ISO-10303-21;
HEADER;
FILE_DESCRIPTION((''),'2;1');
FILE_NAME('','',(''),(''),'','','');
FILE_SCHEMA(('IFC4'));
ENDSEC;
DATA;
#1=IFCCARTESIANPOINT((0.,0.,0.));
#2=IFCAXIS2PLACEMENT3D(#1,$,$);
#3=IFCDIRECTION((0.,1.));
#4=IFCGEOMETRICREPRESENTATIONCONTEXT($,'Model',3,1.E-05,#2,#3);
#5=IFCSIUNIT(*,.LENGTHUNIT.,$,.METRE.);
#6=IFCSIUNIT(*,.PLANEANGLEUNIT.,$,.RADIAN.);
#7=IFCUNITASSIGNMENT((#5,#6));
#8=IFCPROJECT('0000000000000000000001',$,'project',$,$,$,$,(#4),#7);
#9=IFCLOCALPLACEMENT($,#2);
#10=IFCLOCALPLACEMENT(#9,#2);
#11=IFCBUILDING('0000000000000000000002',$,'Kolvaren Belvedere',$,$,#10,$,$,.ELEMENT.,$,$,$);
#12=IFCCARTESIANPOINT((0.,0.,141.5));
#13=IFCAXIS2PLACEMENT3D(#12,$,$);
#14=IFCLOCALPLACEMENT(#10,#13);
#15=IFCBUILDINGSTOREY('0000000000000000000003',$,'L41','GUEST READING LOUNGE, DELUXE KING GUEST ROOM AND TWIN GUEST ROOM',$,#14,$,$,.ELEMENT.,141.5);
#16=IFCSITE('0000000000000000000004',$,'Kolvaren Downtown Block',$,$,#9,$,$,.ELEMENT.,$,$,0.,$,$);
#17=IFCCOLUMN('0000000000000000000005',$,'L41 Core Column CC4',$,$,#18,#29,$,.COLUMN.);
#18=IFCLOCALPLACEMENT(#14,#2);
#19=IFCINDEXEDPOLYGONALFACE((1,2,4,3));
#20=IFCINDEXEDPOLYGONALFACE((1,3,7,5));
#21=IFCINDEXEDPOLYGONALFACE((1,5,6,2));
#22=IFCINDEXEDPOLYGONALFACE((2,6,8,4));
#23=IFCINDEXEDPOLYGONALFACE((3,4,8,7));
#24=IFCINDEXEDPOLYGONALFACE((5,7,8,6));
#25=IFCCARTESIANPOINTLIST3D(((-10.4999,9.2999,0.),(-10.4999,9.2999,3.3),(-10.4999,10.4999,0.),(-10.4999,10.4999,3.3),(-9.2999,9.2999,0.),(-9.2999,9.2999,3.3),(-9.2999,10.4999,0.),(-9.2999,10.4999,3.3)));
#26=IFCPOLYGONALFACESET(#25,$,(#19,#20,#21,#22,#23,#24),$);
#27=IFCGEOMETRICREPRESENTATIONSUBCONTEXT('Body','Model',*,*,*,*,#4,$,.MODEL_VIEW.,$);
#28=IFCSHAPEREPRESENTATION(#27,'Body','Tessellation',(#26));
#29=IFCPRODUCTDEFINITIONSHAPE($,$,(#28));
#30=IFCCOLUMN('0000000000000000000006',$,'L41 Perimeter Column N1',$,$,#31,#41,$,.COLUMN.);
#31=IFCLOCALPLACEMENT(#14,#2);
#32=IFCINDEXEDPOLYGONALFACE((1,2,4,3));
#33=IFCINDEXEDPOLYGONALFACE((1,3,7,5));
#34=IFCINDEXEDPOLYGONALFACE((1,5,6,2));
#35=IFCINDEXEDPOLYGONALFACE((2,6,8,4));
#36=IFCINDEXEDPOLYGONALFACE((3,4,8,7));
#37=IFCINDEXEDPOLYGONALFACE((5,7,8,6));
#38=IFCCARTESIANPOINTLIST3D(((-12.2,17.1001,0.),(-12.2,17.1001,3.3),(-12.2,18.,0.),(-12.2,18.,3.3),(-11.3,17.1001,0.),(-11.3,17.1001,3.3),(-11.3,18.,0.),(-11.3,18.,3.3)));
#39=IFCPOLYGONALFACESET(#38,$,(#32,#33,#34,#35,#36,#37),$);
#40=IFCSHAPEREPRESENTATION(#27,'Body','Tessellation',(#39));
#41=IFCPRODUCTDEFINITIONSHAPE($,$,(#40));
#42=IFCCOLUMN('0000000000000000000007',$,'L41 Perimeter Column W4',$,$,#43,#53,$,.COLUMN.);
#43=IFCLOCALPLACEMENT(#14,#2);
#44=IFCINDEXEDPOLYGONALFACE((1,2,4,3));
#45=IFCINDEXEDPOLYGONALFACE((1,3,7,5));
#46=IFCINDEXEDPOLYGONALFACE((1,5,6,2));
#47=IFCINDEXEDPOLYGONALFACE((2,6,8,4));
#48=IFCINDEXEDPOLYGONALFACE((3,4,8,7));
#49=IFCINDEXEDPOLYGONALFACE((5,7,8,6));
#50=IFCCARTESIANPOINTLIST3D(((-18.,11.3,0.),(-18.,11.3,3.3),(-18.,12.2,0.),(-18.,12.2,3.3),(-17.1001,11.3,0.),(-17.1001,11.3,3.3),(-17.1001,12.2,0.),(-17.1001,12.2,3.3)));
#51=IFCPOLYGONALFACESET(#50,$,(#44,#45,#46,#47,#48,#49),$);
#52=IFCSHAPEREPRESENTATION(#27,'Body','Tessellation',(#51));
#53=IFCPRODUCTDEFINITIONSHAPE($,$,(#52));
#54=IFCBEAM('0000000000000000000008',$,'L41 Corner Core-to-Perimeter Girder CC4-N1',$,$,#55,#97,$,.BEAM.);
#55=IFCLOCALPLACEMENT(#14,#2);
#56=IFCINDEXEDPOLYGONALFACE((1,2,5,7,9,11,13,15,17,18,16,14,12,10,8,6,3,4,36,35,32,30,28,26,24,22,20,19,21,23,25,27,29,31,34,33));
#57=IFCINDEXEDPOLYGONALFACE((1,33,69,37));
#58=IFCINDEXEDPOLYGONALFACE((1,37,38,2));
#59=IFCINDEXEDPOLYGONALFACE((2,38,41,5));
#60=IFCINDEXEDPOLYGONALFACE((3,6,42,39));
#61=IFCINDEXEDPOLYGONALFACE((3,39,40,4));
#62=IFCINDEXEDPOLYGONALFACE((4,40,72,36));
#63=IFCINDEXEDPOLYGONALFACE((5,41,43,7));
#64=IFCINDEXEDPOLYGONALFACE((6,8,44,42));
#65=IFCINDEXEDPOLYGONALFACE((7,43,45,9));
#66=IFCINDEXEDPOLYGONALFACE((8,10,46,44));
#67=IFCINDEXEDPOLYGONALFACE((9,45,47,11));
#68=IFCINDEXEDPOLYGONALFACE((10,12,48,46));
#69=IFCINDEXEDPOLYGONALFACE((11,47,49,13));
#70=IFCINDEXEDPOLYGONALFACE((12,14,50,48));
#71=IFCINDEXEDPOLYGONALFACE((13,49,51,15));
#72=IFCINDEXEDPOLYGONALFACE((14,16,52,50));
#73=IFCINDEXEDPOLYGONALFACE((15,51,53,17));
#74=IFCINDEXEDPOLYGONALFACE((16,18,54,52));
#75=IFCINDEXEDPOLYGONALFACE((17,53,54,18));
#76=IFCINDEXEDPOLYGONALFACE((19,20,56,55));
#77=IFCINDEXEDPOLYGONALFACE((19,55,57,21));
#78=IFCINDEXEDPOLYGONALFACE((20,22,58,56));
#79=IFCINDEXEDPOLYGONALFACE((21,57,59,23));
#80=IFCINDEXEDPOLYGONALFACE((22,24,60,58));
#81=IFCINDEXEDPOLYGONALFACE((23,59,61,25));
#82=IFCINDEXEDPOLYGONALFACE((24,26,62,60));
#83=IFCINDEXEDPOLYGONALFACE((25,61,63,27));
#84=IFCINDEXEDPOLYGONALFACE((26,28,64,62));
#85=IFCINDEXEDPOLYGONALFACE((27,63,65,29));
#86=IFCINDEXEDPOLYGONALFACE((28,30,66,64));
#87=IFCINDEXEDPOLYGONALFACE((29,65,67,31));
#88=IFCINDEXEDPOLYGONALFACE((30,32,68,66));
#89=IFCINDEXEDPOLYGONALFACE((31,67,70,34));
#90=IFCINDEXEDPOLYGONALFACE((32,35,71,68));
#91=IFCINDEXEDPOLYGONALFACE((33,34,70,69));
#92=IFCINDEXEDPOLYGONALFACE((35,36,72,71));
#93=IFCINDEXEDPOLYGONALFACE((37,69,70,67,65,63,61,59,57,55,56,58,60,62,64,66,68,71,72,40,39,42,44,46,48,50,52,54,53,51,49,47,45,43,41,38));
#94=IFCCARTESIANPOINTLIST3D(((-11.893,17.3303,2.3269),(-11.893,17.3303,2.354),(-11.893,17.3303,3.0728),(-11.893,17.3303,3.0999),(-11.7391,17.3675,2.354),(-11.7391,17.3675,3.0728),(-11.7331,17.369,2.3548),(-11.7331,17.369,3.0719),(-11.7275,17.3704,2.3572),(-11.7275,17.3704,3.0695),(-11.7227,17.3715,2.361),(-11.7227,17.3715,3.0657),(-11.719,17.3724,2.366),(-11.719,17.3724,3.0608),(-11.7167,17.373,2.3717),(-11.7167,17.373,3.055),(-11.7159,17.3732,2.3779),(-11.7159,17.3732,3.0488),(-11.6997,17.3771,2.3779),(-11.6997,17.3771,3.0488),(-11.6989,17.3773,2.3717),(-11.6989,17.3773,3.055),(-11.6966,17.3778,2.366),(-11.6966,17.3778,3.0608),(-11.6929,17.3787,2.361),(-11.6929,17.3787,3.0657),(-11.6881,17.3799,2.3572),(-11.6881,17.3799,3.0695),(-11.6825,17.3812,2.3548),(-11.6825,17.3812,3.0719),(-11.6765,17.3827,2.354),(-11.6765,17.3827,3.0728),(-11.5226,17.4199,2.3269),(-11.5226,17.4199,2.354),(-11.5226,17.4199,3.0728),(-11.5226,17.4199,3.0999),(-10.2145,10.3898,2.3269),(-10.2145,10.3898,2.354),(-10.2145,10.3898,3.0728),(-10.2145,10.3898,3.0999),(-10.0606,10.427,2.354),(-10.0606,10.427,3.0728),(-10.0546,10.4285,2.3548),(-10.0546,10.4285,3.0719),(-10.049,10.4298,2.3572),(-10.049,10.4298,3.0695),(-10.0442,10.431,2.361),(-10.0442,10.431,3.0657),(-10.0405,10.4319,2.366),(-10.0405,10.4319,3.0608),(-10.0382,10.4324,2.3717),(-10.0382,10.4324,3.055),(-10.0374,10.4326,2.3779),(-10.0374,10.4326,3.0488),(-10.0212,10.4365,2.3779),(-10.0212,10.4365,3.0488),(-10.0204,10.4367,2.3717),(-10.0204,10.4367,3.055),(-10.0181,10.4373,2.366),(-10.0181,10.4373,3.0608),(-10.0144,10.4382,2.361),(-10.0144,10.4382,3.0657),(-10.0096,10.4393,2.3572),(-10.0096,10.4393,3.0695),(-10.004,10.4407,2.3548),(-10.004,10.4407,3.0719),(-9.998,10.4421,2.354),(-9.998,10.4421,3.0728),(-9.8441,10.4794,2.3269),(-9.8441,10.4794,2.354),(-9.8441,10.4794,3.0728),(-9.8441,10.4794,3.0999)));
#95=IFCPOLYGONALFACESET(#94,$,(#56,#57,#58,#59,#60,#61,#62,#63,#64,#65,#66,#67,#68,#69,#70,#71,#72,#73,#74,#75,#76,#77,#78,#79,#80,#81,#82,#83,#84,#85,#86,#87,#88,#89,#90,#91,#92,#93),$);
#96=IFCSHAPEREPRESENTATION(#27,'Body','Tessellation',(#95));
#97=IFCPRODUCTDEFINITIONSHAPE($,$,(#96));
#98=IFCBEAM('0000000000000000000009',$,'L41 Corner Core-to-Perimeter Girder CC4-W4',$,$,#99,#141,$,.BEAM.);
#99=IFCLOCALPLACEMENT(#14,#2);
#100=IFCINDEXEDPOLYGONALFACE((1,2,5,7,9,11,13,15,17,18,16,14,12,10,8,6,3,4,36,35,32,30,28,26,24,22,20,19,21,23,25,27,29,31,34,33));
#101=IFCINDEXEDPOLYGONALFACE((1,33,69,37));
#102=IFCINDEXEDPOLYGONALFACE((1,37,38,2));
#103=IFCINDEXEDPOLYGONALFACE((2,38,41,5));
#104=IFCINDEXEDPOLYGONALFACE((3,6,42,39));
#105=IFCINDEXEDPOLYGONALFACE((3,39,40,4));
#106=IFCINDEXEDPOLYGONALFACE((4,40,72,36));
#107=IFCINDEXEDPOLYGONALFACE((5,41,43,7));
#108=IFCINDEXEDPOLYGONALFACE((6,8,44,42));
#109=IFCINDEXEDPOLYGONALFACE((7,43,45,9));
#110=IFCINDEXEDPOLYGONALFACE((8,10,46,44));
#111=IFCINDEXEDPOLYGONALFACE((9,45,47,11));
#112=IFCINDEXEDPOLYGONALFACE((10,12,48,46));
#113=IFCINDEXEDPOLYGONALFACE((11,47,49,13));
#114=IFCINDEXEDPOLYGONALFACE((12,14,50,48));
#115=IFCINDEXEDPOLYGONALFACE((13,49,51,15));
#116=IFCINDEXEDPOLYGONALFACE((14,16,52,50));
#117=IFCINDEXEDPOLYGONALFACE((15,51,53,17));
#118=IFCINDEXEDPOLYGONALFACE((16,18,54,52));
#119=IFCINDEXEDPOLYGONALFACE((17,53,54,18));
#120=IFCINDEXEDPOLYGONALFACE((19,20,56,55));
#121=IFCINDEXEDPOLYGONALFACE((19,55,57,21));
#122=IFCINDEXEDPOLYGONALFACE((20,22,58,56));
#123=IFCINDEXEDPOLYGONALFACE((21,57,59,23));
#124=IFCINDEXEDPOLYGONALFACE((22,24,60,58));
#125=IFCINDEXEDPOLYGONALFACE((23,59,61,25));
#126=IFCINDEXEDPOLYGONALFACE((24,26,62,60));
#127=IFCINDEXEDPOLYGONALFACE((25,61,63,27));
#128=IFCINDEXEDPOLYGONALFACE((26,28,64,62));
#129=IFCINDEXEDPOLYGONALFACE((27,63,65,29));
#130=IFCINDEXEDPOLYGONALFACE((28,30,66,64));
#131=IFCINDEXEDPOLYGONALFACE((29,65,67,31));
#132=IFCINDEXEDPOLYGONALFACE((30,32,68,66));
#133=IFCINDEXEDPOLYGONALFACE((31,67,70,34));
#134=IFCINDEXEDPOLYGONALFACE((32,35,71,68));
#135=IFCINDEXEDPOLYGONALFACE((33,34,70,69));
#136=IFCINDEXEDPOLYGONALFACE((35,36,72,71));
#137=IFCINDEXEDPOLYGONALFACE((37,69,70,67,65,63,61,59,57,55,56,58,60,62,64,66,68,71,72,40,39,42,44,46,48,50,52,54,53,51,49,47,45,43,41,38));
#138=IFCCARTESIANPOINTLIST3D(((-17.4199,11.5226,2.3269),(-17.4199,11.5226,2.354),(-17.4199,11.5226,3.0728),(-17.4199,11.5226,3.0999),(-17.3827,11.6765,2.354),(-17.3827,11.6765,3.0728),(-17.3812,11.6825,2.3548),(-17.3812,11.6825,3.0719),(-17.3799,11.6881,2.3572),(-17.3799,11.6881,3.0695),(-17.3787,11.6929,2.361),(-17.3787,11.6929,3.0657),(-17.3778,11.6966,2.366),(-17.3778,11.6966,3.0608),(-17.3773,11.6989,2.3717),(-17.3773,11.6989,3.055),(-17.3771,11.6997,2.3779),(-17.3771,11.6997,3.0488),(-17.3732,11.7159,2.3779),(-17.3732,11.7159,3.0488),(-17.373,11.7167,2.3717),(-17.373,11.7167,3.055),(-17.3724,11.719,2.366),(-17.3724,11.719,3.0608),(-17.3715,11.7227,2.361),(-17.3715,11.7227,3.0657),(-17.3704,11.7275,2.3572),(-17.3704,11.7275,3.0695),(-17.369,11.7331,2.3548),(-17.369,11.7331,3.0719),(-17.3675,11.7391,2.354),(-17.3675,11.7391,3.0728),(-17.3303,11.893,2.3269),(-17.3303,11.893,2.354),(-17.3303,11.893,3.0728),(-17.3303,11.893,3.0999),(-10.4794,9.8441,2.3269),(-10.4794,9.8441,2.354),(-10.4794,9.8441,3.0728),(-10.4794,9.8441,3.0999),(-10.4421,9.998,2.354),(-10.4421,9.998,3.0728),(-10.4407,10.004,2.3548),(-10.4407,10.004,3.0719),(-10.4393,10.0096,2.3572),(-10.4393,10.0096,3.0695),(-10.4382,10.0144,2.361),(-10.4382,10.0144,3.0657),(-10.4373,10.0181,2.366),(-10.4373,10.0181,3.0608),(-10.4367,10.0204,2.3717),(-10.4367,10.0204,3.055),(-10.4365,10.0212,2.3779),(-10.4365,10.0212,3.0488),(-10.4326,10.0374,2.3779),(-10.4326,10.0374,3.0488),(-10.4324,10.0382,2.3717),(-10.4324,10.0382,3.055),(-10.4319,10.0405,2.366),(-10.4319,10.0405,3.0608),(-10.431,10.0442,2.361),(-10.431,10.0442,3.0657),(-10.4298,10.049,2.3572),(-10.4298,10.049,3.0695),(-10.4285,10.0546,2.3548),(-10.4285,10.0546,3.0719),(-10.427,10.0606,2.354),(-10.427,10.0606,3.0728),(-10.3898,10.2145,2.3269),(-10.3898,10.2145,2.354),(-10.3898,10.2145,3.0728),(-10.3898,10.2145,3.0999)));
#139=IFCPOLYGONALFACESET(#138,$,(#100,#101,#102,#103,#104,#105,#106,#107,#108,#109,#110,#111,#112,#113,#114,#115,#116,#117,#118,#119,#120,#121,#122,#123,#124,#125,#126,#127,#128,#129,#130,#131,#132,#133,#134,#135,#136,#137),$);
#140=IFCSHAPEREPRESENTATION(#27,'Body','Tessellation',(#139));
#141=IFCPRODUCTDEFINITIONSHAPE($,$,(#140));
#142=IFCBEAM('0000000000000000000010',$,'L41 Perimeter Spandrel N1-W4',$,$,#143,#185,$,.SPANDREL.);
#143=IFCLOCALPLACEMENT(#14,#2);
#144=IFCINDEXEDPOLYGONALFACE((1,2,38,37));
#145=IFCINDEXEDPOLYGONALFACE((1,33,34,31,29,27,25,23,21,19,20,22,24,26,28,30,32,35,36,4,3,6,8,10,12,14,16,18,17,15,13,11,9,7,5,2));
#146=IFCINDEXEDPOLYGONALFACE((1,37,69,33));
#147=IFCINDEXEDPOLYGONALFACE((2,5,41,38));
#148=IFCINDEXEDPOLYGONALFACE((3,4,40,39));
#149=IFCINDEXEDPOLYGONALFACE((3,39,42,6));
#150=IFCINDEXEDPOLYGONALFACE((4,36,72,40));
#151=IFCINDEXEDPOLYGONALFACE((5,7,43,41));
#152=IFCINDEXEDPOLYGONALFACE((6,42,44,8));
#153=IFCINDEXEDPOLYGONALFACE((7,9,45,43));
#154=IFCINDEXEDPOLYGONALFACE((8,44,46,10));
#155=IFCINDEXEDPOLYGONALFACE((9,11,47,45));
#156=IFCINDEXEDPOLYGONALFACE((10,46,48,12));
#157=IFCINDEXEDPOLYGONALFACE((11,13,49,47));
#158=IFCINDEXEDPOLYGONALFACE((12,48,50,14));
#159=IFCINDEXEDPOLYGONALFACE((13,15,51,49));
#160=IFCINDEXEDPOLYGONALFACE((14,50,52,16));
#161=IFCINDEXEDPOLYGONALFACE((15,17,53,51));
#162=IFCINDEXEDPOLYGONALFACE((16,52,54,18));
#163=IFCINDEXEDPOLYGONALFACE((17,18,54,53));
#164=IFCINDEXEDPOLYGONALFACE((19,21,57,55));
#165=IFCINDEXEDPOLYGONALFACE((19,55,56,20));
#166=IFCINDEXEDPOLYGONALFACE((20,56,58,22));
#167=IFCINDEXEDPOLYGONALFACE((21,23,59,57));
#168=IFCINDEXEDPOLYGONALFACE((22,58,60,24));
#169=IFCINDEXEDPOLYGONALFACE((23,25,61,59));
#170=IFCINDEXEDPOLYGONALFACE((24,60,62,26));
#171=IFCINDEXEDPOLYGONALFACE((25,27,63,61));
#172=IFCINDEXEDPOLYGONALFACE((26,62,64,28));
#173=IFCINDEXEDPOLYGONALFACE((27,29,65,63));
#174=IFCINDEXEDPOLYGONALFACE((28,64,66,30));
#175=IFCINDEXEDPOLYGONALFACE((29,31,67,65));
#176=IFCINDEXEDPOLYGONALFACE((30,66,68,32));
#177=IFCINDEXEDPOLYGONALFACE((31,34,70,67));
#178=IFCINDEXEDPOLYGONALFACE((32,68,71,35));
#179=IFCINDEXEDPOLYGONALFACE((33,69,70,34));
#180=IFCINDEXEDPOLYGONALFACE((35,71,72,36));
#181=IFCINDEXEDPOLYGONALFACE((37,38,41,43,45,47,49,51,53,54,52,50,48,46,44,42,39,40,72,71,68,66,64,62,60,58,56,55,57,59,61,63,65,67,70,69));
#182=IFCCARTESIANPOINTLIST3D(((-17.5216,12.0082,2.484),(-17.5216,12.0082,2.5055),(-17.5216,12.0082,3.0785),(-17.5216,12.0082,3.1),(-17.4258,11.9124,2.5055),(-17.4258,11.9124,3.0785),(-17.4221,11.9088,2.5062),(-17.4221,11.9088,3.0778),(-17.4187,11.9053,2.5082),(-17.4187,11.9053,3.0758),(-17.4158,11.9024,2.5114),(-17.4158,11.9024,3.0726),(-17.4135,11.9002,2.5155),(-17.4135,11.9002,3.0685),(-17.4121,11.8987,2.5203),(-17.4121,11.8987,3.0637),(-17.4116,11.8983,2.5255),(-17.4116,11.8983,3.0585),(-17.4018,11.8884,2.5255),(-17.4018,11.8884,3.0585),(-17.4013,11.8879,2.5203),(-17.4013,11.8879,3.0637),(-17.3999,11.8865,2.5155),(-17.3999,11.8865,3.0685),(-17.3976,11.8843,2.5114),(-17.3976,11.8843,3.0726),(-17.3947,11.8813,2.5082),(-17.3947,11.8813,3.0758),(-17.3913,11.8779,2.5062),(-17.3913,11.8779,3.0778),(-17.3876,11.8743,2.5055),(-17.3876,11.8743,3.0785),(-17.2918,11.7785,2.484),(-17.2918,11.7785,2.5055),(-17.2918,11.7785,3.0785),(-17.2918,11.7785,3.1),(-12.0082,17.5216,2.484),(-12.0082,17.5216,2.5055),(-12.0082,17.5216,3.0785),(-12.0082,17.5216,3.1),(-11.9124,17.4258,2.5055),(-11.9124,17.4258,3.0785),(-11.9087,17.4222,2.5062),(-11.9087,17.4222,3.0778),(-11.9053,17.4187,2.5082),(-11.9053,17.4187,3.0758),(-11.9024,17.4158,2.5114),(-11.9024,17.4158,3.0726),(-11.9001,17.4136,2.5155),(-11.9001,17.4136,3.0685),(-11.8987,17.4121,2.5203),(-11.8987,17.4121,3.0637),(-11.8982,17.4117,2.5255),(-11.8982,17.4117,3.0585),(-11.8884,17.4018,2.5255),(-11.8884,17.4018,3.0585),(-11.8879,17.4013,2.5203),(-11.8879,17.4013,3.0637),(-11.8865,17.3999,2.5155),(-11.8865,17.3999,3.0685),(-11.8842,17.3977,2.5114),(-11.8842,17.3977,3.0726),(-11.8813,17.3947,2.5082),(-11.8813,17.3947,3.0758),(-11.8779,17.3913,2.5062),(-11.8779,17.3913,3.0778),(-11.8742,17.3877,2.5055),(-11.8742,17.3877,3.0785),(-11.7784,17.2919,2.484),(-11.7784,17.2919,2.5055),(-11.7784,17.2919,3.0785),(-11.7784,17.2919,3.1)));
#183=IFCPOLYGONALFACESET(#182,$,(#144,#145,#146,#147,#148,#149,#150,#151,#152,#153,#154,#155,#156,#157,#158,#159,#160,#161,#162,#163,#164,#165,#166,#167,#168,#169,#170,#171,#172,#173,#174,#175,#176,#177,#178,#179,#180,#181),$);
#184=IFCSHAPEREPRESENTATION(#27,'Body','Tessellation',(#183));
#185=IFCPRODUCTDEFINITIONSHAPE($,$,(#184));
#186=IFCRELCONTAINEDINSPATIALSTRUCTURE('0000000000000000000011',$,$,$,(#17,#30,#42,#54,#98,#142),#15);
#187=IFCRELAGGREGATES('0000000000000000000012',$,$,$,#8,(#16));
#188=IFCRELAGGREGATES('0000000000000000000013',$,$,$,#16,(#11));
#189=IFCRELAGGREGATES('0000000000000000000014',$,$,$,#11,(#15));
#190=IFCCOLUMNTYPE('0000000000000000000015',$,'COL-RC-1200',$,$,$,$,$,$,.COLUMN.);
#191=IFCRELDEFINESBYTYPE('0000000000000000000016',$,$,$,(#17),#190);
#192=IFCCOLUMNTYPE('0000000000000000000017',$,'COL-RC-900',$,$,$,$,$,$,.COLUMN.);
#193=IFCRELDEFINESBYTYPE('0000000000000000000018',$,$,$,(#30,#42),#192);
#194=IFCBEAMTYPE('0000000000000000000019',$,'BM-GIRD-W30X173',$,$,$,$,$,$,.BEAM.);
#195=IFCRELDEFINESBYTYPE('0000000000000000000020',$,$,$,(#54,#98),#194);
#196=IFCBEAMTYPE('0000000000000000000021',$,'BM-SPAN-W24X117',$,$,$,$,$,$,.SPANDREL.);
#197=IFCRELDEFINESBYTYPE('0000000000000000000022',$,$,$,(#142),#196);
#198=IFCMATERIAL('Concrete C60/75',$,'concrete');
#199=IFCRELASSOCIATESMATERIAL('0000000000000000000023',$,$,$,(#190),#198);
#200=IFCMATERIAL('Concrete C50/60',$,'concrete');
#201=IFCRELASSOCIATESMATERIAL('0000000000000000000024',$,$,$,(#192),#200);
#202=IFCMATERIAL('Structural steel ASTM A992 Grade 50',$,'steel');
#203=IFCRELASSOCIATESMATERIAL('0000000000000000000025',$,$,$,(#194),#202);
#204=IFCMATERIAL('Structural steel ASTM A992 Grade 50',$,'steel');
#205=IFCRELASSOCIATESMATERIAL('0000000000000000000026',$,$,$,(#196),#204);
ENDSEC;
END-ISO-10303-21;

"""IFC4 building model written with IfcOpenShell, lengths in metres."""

from ifc_helpers import new_model, si_unit, direction, frame, origin, origin_2d, place, context, subcontext, project, spatial, rectangle, i_section, extrude, material, material_profile, profile_set, type_object, element, save


model = new_model("IFC4")

# Units and contexts
model_context = context("Model", 3, precision=1e-05, world=origin(), true_north=direction((0.0, 1.0)))
body_context = subcontext(model_context, "Body", "Model", "MODEL_VIEW")
ifc_project = project(units=[si_unit("LENGTHUNIT", "METRE"), si_unit("PLANEANGLEUNIT", "RADIAN")], contexts=[model_context])

# Site, building, storey
site_placement = place(None, origin())
site = spatial("IfcSite", under=ifc_project, at=site_placement, Name="Kolvaren Downtown Block", CompositionType="ELEMENT", RefElevation=0.0)
building_placement = place(site_placement, origin())
building = spatial("IfcBuilding", under=site, at=building_placement, Name="Kolvaren Belvedere", CompositionType="ELEMENT")
storey_placement = place(building_placement, frame((0.0, 0.0, 141.5)))
storey = spatial("IfcBuildingStorey", under=building, at=storey_placement, Name="L41", Description="GUEST READING LOUNGE, DELUXE KING GUEST ROOM AND TWIN GUEST ROOM", CompositionType="ELEMENT", Elevation=141.5)

# Columns
ifc_material_1 = material(Name="Concrete C60/75", Category="concrete")
ifc_material_profile_1 = material_profile(ifc_material_1, rectangle(XDim=1.2, YDim=1.2, at=origin_2d()), Name="RC 1200X1200")
ifc_profile_set_1 = profile_set([ifc_material_profile_1], Name="Concrete C60/75")
column_type_1 = type_object("IfcColumnType", Name="COL-RC-1200", PredefinedType="COLUMN", material=ifc_profile_set_1)
column_placement = place(storey_placement, frame((-9.8999, 9.8999, 0.0), z_axis=(0.0, 0.0, 1.0), x_axis=(1.0, 0.0, 0.0)))
element("IfcColumn", 1, at=column_placement, inside=storey, type_object=column_type_1, Name="L41 Core Column CC4", PredefinedType="COLUMN", context=body_context, shape_type="SweptSolid", body=[
    extrude(rectangle(XDim=1.2, YDim=1.2, at=origin_2d()), origin(), (0.0, 0.0, 1.0), 3.3),
])
ifc_material_2 = material(Name="Concrete C50/60", Category="concrete")
ifc_material_profile_2 = material_profile(ifc_material_2, rectangle(XDim=0.8999, YDim=0.8999, at=origin_2d()), Name="RC 900X900")
ifc_profile_set_2 = profile_set([ifc_material_profile_2], Name="Concrete C50/60")
column_type_2 = type_object("IfcColumnType", Name="COL-RC-900", PredefinedType="COLUMN", material=ifc_profile_set_2)
for number, where, z_axis, x_axis, name in (
    (2, (-11.75, 17.55, 0.0), (0.0, 0.0, 1.0), (1.0, 0.0, 0.0), "L41 Perimeter Column N1"),
    (3, (-17.55, 11.75, 0.0), (0.0, 0.0, 1.0), (1.0, 0.0, 0.0), "L41 Perimeter Column W4"),
):
    element("IfcColumn", number, at=place(storey_placement, frame(where, z_axis=z_axis, x_axis=x_axis)), inside=storey, type_object=column_type_2, Name=name, PredefinedType="COLUMN", context=body_context, shape_type="SweptSolid", body=[
        extrude(rectangle(XDim=0.8999, YDim=0.8999, at=origin_2d()), origin(), (0.0, 0.0, 1.0), 3.3),
    ])

# Beams
ifc_material_3 = material(Name="Structural steel ASTM A992 Grade 50", Category="steel")
ifc_material_profile_3 = material_profile(ifc_material_3, i_section(OverallWidth=0.3811, OverallDepth=0.7729, WebThickness=0.0166, FlangeThickness=0.0271, FilletRadius=0.0239, at=origin_2d()), Name="W30X173")
ifc_profile_set_3 = profile_set([ifc_material_profile_3], Name="Structural steel ASTM A992 Grade 50")
beam_type_1 = type_object("IfcBeamType", Name="BM-GIRD-W30X173", PredefinedType="BEAM", material=ifc_profile_set_3)
for number, where, z_axis, x_axis, name in (
    (4, (-10.0293, 10.4346, 2.7134), (-0.235063, 0.97198, 0.0), (-0.97198, -0.235063, 0.0), "L41 Corner Core-to-Perimeter Girder CC4-N1"),
    (5, (-10.4346, 10.0293, 2.7134), (-0.97198, 0.235063, 0.0), (-0.235063, -0.97198, 0.0), "L41 Corner Core-to-Perimeter Girder CC4-W4"),
):
    element("IfcBeam", number, at=place(storey_placement, frame(where, z_axis=z_axis, x_axis=x_axis)), inside=storey, type_object=beam_type_1, Name=name, PredefinedType="BEAM", context=body_context, shape_type="SweptSolid", body=[
        extrude(i_section(OverallWidth=0.3811, OverallDepth=0.7729, WebThickness=0.0166, FlangeThickness=0.0271, FilletRadius=0.0239, at=origin_2d()), origin(), (0.0, 0.0, 1.0), 7.1406),
    ])
ifc_material_4 = material(Name="Structural steel ASTM A992 Grade 50", Category="steel")
ifc_material_profile_4 = material_profile(ifc_material_4, i_section(OverallWidth=0.325, OverallDepth=0.616, WebThickness=0.0139, FlangeThickness=0.0215, FilletRadius=0.02, at=origin_2d()), Name="W24X117")
ifc_profile_set_4 = profile_set([ifc_material_profile_4], Name="Structural steel ASTM A992 Grade 50")
beam_type_2 = type_object("IfcBeamType", Name="BM-SPAN-W24X117", PredefinedType="SPANDREL", material=ifc_profile_set_4)
beam_1_placement = place(storey_placement, frame((-11.8933, 17.4067, 2.792), z_axis=(-0.707107, -0.707107, 0.0), x_axis=(0.707107, -0.707107, 0.0)))
element("IfcBeam", 6, at=beam_1_placement, inside=storey, type_object=beam_type_2, Name="L41 Perimeter Spandrel N1-W4", PredefinedType="SPANDREL", context=body_context, shape_type="SweptSolid", body=[
    extrude(i_section(OverallWidth=0.325, OverallDepth=0.616, WebThickness=0.0139, FlangeThickness=0.0215, FilletRadius=0.02, at=origin_2d()), origin(), (0.0, 0.0, 1.0), 7.7971),
])

save(model, "model.ifc")
